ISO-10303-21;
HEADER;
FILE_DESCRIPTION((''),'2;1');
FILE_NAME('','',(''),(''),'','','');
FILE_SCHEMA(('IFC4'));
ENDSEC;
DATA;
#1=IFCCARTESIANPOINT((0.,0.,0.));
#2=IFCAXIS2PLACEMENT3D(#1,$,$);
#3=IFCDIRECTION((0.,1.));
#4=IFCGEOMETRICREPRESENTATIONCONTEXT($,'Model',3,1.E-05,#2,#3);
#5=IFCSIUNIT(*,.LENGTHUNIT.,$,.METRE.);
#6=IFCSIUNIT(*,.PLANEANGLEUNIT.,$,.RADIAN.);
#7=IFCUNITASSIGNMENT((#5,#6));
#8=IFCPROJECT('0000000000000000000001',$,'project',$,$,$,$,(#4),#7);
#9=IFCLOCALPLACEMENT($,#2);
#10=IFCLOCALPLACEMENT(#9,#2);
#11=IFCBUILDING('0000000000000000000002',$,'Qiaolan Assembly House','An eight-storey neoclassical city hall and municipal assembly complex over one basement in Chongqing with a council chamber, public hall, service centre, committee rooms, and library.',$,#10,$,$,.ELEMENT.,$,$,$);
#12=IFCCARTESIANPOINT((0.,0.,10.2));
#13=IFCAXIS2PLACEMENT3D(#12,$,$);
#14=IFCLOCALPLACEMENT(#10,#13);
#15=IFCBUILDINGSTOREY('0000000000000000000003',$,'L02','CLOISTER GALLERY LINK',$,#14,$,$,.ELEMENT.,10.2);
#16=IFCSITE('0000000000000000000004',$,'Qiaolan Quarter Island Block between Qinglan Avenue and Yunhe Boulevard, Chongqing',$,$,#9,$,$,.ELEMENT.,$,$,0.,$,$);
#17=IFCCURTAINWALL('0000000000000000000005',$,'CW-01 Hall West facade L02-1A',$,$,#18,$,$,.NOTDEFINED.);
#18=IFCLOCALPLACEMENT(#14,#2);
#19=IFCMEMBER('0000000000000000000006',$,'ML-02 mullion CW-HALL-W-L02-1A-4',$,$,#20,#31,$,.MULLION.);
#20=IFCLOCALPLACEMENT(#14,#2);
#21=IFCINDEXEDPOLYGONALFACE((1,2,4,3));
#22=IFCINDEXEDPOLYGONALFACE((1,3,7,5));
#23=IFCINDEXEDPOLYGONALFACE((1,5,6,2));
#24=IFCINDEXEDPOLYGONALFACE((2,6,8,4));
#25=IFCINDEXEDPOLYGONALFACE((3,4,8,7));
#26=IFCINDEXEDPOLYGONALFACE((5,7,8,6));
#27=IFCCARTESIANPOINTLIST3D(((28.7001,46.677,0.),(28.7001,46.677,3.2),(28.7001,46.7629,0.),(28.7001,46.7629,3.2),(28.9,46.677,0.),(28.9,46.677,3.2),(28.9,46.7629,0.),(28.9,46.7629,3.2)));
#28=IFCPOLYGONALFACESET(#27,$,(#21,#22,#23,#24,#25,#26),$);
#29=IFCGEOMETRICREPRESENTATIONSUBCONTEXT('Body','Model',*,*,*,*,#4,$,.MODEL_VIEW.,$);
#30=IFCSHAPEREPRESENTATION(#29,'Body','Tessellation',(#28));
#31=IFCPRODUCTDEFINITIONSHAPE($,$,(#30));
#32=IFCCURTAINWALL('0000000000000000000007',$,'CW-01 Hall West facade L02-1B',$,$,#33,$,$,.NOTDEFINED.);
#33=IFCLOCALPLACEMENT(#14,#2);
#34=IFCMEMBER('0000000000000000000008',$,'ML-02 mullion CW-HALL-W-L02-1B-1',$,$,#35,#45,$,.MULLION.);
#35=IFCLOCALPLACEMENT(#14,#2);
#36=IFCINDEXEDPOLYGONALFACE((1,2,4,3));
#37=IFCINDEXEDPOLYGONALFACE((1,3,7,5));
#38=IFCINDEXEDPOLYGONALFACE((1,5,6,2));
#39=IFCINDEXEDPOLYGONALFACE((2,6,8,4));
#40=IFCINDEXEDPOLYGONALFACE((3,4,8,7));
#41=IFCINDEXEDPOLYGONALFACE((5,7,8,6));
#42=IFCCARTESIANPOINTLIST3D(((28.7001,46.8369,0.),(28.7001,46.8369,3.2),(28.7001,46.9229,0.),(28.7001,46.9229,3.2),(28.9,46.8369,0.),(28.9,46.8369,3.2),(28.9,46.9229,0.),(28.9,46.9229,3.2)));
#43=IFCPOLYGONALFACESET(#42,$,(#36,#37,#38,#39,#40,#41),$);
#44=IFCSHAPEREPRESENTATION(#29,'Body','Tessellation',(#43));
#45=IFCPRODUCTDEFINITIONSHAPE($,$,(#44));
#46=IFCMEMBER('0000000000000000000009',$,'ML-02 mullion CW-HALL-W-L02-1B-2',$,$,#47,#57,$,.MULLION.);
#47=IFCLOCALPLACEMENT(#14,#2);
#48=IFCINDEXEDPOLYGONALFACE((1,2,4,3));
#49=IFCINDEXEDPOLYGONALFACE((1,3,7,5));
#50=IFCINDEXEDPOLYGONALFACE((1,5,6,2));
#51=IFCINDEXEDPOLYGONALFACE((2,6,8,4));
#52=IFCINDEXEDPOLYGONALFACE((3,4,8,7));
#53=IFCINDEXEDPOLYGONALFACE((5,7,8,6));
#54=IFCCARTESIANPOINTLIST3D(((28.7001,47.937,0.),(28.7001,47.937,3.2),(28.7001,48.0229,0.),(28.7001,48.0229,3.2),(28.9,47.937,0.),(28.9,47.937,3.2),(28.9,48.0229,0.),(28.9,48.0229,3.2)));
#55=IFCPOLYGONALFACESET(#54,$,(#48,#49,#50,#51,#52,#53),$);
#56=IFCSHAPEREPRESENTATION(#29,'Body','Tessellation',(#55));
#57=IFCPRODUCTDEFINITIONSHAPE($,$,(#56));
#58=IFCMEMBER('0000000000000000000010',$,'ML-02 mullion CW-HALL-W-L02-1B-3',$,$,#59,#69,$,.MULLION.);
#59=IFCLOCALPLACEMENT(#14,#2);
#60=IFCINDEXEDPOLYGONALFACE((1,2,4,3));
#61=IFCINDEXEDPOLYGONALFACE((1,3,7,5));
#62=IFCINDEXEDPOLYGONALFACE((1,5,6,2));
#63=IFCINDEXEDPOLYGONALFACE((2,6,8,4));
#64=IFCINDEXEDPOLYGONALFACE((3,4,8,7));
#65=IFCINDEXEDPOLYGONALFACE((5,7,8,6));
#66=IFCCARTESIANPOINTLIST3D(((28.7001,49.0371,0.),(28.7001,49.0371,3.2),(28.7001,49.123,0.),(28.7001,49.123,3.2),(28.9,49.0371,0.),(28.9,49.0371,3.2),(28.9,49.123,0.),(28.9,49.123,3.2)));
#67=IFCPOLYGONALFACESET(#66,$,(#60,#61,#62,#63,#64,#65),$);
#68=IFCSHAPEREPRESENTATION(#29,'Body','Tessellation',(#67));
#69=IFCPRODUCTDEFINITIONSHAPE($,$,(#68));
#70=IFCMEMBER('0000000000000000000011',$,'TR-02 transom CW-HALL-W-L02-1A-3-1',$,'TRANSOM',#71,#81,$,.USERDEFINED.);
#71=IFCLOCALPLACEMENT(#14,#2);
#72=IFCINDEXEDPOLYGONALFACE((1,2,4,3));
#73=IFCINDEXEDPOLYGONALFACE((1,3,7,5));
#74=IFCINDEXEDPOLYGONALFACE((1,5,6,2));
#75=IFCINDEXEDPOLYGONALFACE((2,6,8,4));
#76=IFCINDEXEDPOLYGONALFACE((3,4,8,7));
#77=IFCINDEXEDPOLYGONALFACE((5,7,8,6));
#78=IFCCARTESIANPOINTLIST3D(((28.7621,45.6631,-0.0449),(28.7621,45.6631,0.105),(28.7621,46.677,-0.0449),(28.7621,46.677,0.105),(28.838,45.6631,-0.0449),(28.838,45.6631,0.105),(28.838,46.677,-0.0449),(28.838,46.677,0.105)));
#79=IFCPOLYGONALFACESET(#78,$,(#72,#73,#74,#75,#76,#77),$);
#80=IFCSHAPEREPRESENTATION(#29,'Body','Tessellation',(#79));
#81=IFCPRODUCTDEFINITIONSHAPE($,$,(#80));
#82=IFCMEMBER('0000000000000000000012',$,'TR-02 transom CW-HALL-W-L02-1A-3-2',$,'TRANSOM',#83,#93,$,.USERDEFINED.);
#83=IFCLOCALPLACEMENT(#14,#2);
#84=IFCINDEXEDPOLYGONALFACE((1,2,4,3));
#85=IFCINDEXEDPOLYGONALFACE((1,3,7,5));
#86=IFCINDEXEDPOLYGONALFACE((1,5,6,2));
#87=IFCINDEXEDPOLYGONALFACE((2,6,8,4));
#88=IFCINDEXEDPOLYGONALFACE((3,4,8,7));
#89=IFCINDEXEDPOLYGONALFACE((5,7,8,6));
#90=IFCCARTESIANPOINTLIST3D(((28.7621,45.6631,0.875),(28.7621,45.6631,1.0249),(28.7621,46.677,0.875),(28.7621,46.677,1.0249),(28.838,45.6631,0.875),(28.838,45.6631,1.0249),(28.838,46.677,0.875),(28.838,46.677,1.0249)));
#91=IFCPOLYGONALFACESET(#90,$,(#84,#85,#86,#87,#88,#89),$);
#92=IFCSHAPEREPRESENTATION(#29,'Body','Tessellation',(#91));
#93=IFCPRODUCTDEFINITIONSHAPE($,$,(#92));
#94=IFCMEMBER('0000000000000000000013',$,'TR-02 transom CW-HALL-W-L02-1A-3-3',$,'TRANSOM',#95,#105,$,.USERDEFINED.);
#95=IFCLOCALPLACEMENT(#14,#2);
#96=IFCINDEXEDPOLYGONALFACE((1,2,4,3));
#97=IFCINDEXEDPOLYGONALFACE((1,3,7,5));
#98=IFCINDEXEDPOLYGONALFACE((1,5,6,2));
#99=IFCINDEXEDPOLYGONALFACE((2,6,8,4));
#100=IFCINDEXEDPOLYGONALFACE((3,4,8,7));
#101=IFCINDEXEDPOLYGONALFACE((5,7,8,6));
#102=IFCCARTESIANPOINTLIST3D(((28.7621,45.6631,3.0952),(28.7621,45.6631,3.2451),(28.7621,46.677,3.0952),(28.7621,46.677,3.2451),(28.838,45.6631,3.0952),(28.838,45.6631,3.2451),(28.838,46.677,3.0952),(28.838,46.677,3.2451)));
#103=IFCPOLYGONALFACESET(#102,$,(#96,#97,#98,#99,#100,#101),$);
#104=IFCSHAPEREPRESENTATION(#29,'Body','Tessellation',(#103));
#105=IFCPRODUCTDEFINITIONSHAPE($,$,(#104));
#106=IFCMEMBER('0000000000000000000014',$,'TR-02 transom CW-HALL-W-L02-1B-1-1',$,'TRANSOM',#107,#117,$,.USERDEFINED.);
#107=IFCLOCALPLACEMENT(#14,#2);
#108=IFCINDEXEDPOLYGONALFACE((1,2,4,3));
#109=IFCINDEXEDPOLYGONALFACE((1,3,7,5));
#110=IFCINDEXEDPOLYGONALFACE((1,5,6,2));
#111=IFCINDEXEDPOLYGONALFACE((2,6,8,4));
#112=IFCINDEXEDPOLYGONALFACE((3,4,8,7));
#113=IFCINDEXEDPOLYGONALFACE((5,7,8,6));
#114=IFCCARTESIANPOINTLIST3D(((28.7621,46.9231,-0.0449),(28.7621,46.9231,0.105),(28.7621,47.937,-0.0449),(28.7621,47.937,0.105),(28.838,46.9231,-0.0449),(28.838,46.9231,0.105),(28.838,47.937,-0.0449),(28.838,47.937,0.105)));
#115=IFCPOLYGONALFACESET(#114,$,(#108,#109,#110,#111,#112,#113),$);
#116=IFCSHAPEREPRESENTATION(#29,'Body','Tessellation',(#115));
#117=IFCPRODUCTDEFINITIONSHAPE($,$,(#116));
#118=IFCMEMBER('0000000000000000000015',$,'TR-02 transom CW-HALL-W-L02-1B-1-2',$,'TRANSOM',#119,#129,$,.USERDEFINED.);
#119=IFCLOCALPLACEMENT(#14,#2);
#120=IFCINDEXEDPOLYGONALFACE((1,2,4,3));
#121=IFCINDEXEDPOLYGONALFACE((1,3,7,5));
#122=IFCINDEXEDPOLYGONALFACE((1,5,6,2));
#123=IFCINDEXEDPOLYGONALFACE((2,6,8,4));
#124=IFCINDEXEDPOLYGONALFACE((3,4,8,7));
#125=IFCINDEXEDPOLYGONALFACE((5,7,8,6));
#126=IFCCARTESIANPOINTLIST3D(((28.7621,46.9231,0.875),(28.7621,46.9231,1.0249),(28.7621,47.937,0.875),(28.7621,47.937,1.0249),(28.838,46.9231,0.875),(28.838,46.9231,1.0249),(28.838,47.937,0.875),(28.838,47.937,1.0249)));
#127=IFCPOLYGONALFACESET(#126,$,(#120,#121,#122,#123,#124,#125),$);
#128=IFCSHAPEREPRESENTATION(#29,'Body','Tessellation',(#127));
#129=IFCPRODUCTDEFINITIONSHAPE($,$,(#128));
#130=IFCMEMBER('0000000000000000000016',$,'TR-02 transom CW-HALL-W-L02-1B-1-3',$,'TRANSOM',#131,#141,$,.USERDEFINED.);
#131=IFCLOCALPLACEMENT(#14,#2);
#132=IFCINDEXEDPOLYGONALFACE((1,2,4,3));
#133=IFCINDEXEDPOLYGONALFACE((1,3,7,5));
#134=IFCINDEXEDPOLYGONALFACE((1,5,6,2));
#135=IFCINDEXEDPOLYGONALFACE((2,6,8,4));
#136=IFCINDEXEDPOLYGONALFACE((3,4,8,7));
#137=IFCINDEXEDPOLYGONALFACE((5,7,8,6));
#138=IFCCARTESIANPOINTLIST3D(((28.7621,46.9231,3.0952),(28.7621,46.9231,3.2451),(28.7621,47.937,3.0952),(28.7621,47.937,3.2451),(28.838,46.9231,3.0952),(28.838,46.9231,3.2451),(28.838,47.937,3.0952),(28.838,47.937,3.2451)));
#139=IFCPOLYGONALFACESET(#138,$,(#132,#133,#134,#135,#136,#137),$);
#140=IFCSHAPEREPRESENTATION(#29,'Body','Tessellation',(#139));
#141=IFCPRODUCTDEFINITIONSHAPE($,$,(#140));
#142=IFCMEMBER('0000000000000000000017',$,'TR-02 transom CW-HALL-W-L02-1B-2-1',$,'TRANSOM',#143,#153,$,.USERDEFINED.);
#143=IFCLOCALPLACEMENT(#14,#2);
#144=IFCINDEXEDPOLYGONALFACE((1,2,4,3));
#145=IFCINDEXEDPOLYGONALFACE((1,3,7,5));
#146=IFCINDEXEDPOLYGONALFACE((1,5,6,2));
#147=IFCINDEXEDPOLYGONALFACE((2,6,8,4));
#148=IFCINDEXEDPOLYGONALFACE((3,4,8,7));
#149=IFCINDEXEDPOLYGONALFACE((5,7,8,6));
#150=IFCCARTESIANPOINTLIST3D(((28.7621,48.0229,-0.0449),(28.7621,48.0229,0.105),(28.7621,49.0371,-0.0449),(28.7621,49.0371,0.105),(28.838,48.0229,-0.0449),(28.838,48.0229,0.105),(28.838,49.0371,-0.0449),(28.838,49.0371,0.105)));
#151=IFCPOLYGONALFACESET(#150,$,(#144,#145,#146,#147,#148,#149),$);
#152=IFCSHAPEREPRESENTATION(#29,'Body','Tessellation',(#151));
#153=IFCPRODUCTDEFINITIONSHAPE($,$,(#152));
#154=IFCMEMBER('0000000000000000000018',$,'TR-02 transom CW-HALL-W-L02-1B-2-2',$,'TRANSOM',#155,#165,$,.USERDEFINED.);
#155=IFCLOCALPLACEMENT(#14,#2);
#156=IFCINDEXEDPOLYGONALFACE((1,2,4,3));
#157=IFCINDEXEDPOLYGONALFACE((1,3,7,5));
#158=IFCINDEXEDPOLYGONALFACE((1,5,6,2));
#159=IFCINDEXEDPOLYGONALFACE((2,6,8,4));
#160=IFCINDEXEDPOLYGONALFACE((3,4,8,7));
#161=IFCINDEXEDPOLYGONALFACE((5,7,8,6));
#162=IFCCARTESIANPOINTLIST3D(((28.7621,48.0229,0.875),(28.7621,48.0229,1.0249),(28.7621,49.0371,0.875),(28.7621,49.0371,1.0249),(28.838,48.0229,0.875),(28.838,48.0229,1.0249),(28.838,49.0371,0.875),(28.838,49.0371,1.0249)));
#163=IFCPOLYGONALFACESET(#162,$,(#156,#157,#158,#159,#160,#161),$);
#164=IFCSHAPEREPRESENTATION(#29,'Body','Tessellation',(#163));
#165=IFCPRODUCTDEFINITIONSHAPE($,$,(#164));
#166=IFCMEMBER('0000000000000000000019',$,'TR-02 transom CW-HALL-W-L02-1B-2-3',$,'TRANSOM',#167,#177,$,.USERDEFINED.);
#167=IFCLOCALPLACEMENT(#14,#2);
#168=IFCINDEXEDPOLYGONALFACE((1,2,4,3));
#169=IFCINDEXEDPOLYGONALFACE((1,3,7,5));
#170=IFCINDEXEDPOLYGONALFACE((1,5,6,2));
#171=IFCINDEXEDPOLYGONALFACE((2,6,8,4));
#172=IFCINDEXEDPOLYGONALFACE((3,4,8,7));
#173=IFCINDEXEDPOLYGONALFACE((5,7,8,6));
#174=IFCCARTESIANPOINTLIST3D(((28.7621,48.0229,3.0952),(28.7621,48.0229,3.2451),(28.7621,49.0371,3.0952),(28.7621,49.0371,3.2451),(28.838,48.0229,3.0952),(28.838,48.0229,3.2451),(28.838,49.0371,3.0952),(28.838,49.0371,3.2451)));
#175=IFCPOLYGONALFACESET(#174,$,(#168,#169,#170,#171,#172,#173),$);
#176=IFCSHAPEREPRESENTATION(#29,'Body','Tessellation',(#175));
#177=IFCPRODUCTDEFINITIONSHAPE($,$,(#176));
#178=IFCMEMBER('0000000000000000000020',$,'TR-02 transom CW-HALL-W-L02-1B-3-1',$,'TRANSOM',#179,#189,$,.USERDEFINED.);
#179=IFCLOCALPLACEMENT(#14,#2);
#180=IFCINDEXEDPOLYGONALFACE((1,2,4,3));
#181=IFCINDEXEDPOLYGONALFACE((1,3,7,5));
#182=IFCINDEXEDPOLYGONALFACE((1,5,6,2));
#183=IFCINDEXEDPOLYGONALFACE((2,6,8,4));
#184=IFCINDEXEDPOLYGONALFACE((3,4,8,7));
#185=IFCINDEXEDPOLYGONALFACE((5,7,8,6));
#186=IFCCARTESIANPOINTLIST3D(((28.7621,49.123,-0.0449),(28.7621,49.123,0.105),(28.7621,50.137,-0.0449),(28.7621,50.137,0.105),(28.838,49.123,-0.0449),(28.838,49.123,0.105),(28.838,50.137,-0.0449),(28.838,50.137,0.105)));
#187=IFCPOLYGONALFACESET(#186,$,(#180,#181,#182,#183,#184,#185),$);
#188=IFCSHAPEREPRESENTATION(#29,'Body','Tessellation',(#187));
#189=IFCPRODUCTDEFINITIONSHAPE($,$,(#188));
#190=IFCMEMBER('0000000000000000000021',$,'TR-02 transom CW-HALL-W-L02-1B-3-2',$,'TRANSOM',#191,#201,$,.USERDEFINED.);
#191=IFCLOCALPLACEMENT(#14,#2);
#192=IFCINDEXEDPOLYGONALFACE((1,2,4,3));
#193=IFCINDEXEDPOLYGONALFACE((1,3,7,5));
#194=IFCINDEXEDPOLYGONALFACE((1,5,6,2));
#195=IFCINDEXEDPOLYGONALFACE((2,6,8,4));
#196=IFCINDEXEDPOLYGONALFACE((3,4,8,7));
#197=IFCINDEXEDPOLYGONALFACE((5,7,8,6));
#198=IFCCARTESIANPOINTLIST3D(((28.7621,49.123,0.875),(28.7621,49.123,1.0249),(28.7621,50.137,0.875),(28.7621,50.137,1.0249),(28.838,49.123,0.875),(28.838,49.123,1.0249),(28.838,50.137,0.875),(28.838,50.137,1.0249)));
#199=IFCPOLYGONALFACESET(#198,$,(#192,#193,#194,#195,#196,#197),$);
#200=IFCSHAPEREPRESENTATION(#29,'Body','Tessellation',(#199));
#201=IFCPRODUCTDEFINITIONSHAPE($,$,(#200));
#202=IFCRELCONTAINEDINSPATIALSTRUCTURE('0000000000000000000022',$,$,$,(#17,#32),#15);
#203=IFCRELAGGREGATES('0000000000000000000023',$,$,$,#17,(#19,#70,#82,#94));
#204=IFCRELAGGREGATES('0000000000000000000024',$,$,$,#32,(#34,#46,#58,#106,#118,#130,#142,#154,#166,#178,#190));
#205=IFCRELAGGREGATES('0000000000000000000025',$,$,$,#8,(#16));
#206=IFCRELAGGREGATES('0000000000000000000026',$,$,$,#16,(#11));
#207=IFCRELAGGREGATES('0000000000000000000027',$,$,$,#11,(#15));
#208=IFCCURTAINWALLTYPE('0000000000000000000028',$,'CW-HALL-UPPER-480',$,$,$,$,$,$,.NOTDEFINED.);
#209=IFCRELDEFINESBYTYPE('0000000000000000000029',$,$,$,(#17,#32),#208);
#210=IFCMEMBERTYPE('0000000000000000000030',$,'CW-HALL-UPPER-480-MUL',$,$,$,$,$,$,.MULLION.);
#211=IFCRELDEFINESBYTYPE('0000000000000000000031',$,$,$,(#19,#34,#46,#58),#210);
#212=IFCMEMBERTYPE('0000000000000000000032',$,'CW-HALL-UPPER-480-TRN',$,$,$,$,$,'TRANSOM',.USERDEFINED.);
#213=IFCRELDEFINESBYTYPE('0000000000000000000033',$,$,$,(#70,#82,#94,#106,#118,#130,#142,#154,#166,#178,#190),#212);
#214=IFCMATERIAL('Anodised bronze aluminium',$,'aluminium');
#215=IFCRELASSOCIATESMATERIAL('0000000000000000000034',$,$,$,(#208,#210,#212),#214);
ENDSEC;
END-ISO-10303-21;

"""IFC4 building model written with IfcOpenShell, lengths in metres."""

from ifc_helpers import new_model, si_unit, direction, frame, origin, origin_2d, place, context, subcontext, project, spatial, rectangle, extrude, material, material_profile, profile_set, type_object, element, aggregate, save


model = new_model("IFC4")

# Units and contexts
model_context = context("Model", 3, precision=1e-05, world=origin(), true_north=direction((0.0, 1.0)))
body_context = subcontext(model_context, "Body", "Model", "MODEL_VIEW")
ifc_project = project(units=[si_unit("LENGTHUNIT", "METRE"), si_unit("PLANEANGLEUNIT", "RADIAN")], contexts=[model_context])

# Site, building, storey
site_placement = place(None, origin())
site = spatial("IfcSite", under=ifc_project, at=site_placement, Name="Qiaolan Quarter Island Block between Qinglan Avenue and Yunhe Boulevard, Chongqing", CompositionType="ELEMENT", RefElevation=0.0)
building_placement = place(site_placement, origin())
building = spatial("IfcBuilding", under=site, at=building_placement, Name="Qiaolan Assembly House", Description="An eight-storey neoclassical city hall and municipal assembly complex over one basement in Chongqing with a council chamber, public hall, service centre, committee rooms, and library.", CompositionType="ELEMENT")
storey_placement = place(building_placement, frame((0.0, 0.0, 10.2)))
storey = spatial("IfcBuildingStorey", under=building, at=storey_placement, Name="L02", Description="CLOISTER GALLERY LINK", CompositionType="ELEMENT", Elevation=10.2)

# Curtain wall, member
ifc_material_1 = material(Name="Anodised bronze aluminium", Category="aluminium")
curtain_wall_type = type_object("IfcCurtainWallType", Name="CW-HALL-UPPER-480", PredefinedType="NOTDEFINED", material=ifc_material_1)
curtain_wall_1_placement = place(storey_placement, origin())
curtain_wall_1 = element("IfcCurtainWall", 1, at=curtain_wall_1_placement, inside=storey, type_object=curtain_wall_type, Name="CW-01 Hall West facade L02-1A", PredefinedType="NOTDEFINED")
ifc_material_profile_1 = material_profile(ifc_material_1, rectangle(XDim=0.0859, YDim=0.2, at=origin_2d()), Name="MUL 86x200")
ifc_profile_set_1 = profile_set([ifc_material_profile_1], Name="Anodised bronze aluminium")
member_type_1 = type_object("IfcMemberType", Name="CW-HALL-UPPER-480-MUL", PredefinedType="MULLION", material=ifc_profile_set_1)
member_1_placement = place(storey_placement, frame((28.8, 46.72, 0.0), z_axis=(0.0, 0.0, 1.0), x_axis=(0.0, 1.0, 0.0)))
member_1 = element("IfcMember", 2, at=member_1_placement, type_object=member_type_1, Name="ML-02 mullion CW-HALL-W-L02-1A-4", PredefinedType="MULLION", context=body_context, shape_type="SweptSolid", body=[
    extrude(rectangle(XDim=0.0859, YDim=0.2, at=origin_2d()), origin(), (0.0, 0.0, 1.0), 3.2),
])

# Curtain wall, members
curtain_wall_2_placement = place(storey_placement, origin())
curtain_wall_2 = element("IfcCurtainWall", 3, at=curtain_wall_2_placement, inside=storey, type_object=curtain_wall_type, Name="CW-01 Hall West facade L02-1B", PredefinedType="NOTDEFINED")
member_2_placement = place(storey_placement, frame((28.8, 46.8799, 0.0), z_axis=(0.0, 0.0, 1.0), x_axis=(0.0, 1.0, 0.0)))
member_2 = element("IfcMember", 4, at=member_2_placement, type_object=member_type_1, Name="ML-02 mullion CW-HALL-W-L02-1B-1", PredefinedType="MULLION", context=body_context, shape_type="SweptSolid", body=[
    extrude(rectangle(XDim=0.0859, YDim=0.2, at=origin_2d()), origin(), (0.0, 0.0, 1.0), 3.2),
])
member_3_placement = place(storey_placement, frame((28.8, 47.98, 0.0), z_axis=(0.0, 0.0, 1.0), x_axis=(0.0, 1.0, 0.0)))
member_3 = element("IfcMember", 5, at=member_3_placement, type_object=member_type_1, Name="ML-02 mullion CW-HALL-W-L02-1B-2", PredefinedType="MULLION", context=body_context, shape_type="SweptSolid", body=[
    extrude(rectangle(XDim=0.0859, YDim=0.2, at=origin_2d()), origin(), (0.0, 0.0, 1.0), 3.2),
])
member_4_placement = place(storey_placement, frame((28.8, 49.0801, 0.0), z_axis=(0.0, 0.0, 1.0), x_axis=(0.0, 1.0, 0.0)))
member_4 = element("IfcMember", 6, at=member_4_placement, type_object=member_type_1, Name="ML-02 mullion CW-HALL-W-L02-1B-3", PredefinedType="MULLION", context=body_context, shape_type="SweptSolid", body=[
    extrude(rectangle(XDim=0.0859, YDim=0.2, at=origin_2d()), origin(), (0.0, 0.0, 1.0), 3.2),
])

# Members
ifc_material_profile_2 = material_profile(ifc_material_1, rectangle(XDim=0.0759, YDim=0.1499, at=origin_2d()), Name="TRN 76x150")
ifc_profile_set_2 = profile_set([ifc_material_profile_2], Name="Anodised bronze aluminium")
member_type_2 = type_object("IfcMemberType", Name="CW-HALL-UPPER-480-TRN", ElementType="TRANSOM", PredefinedType="USERDEFINED", material=ifc_profile_set_2)
member_5_placement = place(storey_placement, frame((28.8, 45.6631, 0.03), z_axis=(0.0, 1.0, 0.0), x_axis=(-1.0, 0.0, 0.0)))
member_5 = element("IfcMember", 7, at=member_5_placement, type_object=member_type_2, Name="TR-02 transom CW-HALL-W-L02-1A-3-1", ObjectType="TRANSOM", PredefinedType="USERDEFINED", context=body_context, shape_type="SweptSolid", body=[
    extrude(rectangle(XDim=0.0759, YDim=0.1499, at=origin_2d()), origin(), (0.0, 0.0, 1.0), 1.0139),
])
member_6_placement = place(storey_placement, frame((28.8, 45.6631, 0.95), z_axis=(0.0, 1.0, 0.0), x_axis=(-1.0, 0.0, 0.0)))
member_6 = element("IfcMember", 8, at=member_6_placement, type_object=member_type_2, Name="TR-02 transom CW-HALL-W-L02-1A-3-2", ObjectType="TRANSOM", PredefinedType="USERDEFINED", context=body_context, shape_type="SweptSolid", body=[
    extrude(rectangle(XDim=0.0759, YDim=0.1499, at=origin_2d()), origin(), (0.0, 0.0, 1.0), 1.0139),
])
member_7_placement = place(storey_placement, frame((28.8, 45.6631, 3.1702), z_axis=(0.0, 1.0, 0.0), x_axis=(-1.0, 0.0, 0.0)))
member_7 = element("IfcMember", 9, at=member_7_placement, type_object=member_type_2, Name="TR-02 transom CW-HALL-W-L02-1A-3-3", ObjectType="TRANSOM", PredefinedType="USERDEFINED", context=body_context, shape_type="SweptSolid", body=[
    extrude(rectangle(XDim=0.0759, YDim=0.1499, at=origin_2d()), origin(), (0.0, 0.0, 1.0), 1.0139),
])
aggregate(curtain_wall_1, [member_1, member_5, member_6, member_7])
member_8_placement = place(storey_placement, frame((28.8, 46.9231, 0.03), z_axis=(0.0, 1.0, 0.0), x_axis=(-1.0, 0.0, 0.0)))
member_8 = element("IfcMember", 10, at=member_8_placement, type_object=member_type_2, Name="TR-02 transom CW-HALL-W-L02-1B-1-1", ObjectType="TRANSOM", PredefinedType="USERDEFINED", context=body_context, shape_type="SweptSolid", body=[
    extrude(rectangle(XDim=0.0759, YDim=0.1499, at=origin_2d()), origin(), (0.0, 0.0, 1.0), 1.0139),
])
member_9_placement = place(storey_placement, frame((28.8, 46.9231, 0.95), z_axis=(0.0, 1.0, 0.0), x_axis=(-1.0, 0.0, 0.0)))
member_9 = element("IfcMember", 11, at=member_9_placement, type_object=member_type_2, Name="TR-02 transom CW-HALL-W-L02-1B-1-2", ObjectType="TRANSOM", PredefinedType="USERDEFINED", context=body_context, shape_type="SweptSolid", body=[
    extrude(rectangle(XDim=0.0759, YDim=0.1499, at=origin_2d()), origin(), (0.0, 0.0, 1.0), 1.0139),
])
member_10_placement = place(storey_placement, frame((28.8, 46.9231, 3.1702), z_axis=(0.0, 1.0, 0.0), x_axis=(-1.0, 0.0, 0.0)))
member_10 = element("IfcMember", 12, at=member_10_placement, type_object=member_type_2, Name="TR-02 transom CW-HALL-W-L02-1B-1-3", ObjectType="TRANSOM", PredefinedType="USERDEFINED", context=body_context, shape_type="SweptSolid", body=[
    extrude(rectangle(XDim=0.0759, YDim=0.1499, at=origin_2d()), origin(), (0.0, 0.0, 1.0), 1.0139),
])
member_11_placement = place(storey_placement, frame((28.8, 48.0229, 0.03), z_axis=(0.0, 1.0, 0.0), x_axis=(-1.0, 0.0, 0.0)))
member_11 = element("IfcMember", 13, at=member_11_placement, type_object=member_type_2, Name="TR-02 transom CW-HALL-W-L02-1B-2-1", ObjectType="TRANSOM", PredefinedType="USERDEFINED", context=body_context, shape_type="SweptSolid", body=[
    extrude(rectangle(XDim=0.0759, YDim=0.1499, at=origin_2d()), origin(), (0.0, 0.0, 1.0), 1.0142),
])
member_12_placement = place(storey_placement, frame((28.8, 48.0229, 0.95), z_axis=(0.0, 1.0, 0.0), x_axis=(-1.0, 0.0, 0.0)))
member_12 = element("IfcMember", 14, at=member_12_placement, type_object=member_type_2, Name="TR-02 transom CW-HALL-W-L02-1B-2-2", ObjectType="TRANSOM", PredefinedType="USERDEFINED", context=body_context, shape_type="SweptSolid", body=[
    extrude(rectangle(XDim=0.0759, YDim=0.1499, at=origin_2d()), origin(), (0.0, 0.0, 1.0), 1.0142),
])
member_13_placement = place(storey_placement, frame((28.8, 48.0229, 3.1702), z_axis=(0.0, 1.0, 0.0), x_axis=(-1.0, 0.0, 0.0)))
member_13 = element("IfcMember", 15, at=member_13_placement, type_object=member_type_2, Name="TR-02 transom CW-HALL-W-L02-1B-2-3", ObjectType="TRANSOM", PredefinedType="USERDEFINED", context=body_context, shape_type="SweptSolid", body=[
    extrude(rectangle(XDim=0.0759, YDim=0.1499, at=origin_2d()), origin(), (0.0, 0.0, 1.0), 1.0142),
])
member_14_placement = place(storey_placement, frame((28.8, 49.123, 0.03), z_axis=(0.0, 1.0, 0.0), x_axis=(-1.0, 0.0, 0.0)))
member_14 = element("IfcMember", 16, at=member_14_placement, type_object=member_type_2, Name="TR-02 transom CW-HALL-W-L02-1B-3-1", ObjectType="TRANSOM", PredefinedType="USERDEFINED", context=body_context, shape_type="SweptSolid", body=[
    extrude(rectangle(XDim=0.0759, YDim=0.1499, at=origin_2d()), origin(), (0.0, 0.0, 1.0), 1.0139),
])
member_15_placement = place(storey_placement, frame((28.8, 49.123, 0.95), z_axis=(0.0, 1.0, 0.0), x_axis=(-1.0, 0.0, 0.0)))
member_15 = element("IfcMember", 17, at=member_15_placement, type_object=member_type_2, Name="TR-02 transom CW-HALL-W-L02-1B-3-2", ObjectType="TRANSOM", PredefinedType="USERDEFINED", context=body_context, shape_type="SweptSolid", body=[
    extrude(rectangle(XDim=0.0759, YDim=0.1499, at=origin_2d()), origin(), (0.0, 0.0, 1.0), 1.0139),
])

aggregate(curtain_wall_2, [member_2, member_3, member_4, member_8, member_9, member_10, member_11, member_12, member_13, member_14, member_15])

save(model, "model.ifc")
